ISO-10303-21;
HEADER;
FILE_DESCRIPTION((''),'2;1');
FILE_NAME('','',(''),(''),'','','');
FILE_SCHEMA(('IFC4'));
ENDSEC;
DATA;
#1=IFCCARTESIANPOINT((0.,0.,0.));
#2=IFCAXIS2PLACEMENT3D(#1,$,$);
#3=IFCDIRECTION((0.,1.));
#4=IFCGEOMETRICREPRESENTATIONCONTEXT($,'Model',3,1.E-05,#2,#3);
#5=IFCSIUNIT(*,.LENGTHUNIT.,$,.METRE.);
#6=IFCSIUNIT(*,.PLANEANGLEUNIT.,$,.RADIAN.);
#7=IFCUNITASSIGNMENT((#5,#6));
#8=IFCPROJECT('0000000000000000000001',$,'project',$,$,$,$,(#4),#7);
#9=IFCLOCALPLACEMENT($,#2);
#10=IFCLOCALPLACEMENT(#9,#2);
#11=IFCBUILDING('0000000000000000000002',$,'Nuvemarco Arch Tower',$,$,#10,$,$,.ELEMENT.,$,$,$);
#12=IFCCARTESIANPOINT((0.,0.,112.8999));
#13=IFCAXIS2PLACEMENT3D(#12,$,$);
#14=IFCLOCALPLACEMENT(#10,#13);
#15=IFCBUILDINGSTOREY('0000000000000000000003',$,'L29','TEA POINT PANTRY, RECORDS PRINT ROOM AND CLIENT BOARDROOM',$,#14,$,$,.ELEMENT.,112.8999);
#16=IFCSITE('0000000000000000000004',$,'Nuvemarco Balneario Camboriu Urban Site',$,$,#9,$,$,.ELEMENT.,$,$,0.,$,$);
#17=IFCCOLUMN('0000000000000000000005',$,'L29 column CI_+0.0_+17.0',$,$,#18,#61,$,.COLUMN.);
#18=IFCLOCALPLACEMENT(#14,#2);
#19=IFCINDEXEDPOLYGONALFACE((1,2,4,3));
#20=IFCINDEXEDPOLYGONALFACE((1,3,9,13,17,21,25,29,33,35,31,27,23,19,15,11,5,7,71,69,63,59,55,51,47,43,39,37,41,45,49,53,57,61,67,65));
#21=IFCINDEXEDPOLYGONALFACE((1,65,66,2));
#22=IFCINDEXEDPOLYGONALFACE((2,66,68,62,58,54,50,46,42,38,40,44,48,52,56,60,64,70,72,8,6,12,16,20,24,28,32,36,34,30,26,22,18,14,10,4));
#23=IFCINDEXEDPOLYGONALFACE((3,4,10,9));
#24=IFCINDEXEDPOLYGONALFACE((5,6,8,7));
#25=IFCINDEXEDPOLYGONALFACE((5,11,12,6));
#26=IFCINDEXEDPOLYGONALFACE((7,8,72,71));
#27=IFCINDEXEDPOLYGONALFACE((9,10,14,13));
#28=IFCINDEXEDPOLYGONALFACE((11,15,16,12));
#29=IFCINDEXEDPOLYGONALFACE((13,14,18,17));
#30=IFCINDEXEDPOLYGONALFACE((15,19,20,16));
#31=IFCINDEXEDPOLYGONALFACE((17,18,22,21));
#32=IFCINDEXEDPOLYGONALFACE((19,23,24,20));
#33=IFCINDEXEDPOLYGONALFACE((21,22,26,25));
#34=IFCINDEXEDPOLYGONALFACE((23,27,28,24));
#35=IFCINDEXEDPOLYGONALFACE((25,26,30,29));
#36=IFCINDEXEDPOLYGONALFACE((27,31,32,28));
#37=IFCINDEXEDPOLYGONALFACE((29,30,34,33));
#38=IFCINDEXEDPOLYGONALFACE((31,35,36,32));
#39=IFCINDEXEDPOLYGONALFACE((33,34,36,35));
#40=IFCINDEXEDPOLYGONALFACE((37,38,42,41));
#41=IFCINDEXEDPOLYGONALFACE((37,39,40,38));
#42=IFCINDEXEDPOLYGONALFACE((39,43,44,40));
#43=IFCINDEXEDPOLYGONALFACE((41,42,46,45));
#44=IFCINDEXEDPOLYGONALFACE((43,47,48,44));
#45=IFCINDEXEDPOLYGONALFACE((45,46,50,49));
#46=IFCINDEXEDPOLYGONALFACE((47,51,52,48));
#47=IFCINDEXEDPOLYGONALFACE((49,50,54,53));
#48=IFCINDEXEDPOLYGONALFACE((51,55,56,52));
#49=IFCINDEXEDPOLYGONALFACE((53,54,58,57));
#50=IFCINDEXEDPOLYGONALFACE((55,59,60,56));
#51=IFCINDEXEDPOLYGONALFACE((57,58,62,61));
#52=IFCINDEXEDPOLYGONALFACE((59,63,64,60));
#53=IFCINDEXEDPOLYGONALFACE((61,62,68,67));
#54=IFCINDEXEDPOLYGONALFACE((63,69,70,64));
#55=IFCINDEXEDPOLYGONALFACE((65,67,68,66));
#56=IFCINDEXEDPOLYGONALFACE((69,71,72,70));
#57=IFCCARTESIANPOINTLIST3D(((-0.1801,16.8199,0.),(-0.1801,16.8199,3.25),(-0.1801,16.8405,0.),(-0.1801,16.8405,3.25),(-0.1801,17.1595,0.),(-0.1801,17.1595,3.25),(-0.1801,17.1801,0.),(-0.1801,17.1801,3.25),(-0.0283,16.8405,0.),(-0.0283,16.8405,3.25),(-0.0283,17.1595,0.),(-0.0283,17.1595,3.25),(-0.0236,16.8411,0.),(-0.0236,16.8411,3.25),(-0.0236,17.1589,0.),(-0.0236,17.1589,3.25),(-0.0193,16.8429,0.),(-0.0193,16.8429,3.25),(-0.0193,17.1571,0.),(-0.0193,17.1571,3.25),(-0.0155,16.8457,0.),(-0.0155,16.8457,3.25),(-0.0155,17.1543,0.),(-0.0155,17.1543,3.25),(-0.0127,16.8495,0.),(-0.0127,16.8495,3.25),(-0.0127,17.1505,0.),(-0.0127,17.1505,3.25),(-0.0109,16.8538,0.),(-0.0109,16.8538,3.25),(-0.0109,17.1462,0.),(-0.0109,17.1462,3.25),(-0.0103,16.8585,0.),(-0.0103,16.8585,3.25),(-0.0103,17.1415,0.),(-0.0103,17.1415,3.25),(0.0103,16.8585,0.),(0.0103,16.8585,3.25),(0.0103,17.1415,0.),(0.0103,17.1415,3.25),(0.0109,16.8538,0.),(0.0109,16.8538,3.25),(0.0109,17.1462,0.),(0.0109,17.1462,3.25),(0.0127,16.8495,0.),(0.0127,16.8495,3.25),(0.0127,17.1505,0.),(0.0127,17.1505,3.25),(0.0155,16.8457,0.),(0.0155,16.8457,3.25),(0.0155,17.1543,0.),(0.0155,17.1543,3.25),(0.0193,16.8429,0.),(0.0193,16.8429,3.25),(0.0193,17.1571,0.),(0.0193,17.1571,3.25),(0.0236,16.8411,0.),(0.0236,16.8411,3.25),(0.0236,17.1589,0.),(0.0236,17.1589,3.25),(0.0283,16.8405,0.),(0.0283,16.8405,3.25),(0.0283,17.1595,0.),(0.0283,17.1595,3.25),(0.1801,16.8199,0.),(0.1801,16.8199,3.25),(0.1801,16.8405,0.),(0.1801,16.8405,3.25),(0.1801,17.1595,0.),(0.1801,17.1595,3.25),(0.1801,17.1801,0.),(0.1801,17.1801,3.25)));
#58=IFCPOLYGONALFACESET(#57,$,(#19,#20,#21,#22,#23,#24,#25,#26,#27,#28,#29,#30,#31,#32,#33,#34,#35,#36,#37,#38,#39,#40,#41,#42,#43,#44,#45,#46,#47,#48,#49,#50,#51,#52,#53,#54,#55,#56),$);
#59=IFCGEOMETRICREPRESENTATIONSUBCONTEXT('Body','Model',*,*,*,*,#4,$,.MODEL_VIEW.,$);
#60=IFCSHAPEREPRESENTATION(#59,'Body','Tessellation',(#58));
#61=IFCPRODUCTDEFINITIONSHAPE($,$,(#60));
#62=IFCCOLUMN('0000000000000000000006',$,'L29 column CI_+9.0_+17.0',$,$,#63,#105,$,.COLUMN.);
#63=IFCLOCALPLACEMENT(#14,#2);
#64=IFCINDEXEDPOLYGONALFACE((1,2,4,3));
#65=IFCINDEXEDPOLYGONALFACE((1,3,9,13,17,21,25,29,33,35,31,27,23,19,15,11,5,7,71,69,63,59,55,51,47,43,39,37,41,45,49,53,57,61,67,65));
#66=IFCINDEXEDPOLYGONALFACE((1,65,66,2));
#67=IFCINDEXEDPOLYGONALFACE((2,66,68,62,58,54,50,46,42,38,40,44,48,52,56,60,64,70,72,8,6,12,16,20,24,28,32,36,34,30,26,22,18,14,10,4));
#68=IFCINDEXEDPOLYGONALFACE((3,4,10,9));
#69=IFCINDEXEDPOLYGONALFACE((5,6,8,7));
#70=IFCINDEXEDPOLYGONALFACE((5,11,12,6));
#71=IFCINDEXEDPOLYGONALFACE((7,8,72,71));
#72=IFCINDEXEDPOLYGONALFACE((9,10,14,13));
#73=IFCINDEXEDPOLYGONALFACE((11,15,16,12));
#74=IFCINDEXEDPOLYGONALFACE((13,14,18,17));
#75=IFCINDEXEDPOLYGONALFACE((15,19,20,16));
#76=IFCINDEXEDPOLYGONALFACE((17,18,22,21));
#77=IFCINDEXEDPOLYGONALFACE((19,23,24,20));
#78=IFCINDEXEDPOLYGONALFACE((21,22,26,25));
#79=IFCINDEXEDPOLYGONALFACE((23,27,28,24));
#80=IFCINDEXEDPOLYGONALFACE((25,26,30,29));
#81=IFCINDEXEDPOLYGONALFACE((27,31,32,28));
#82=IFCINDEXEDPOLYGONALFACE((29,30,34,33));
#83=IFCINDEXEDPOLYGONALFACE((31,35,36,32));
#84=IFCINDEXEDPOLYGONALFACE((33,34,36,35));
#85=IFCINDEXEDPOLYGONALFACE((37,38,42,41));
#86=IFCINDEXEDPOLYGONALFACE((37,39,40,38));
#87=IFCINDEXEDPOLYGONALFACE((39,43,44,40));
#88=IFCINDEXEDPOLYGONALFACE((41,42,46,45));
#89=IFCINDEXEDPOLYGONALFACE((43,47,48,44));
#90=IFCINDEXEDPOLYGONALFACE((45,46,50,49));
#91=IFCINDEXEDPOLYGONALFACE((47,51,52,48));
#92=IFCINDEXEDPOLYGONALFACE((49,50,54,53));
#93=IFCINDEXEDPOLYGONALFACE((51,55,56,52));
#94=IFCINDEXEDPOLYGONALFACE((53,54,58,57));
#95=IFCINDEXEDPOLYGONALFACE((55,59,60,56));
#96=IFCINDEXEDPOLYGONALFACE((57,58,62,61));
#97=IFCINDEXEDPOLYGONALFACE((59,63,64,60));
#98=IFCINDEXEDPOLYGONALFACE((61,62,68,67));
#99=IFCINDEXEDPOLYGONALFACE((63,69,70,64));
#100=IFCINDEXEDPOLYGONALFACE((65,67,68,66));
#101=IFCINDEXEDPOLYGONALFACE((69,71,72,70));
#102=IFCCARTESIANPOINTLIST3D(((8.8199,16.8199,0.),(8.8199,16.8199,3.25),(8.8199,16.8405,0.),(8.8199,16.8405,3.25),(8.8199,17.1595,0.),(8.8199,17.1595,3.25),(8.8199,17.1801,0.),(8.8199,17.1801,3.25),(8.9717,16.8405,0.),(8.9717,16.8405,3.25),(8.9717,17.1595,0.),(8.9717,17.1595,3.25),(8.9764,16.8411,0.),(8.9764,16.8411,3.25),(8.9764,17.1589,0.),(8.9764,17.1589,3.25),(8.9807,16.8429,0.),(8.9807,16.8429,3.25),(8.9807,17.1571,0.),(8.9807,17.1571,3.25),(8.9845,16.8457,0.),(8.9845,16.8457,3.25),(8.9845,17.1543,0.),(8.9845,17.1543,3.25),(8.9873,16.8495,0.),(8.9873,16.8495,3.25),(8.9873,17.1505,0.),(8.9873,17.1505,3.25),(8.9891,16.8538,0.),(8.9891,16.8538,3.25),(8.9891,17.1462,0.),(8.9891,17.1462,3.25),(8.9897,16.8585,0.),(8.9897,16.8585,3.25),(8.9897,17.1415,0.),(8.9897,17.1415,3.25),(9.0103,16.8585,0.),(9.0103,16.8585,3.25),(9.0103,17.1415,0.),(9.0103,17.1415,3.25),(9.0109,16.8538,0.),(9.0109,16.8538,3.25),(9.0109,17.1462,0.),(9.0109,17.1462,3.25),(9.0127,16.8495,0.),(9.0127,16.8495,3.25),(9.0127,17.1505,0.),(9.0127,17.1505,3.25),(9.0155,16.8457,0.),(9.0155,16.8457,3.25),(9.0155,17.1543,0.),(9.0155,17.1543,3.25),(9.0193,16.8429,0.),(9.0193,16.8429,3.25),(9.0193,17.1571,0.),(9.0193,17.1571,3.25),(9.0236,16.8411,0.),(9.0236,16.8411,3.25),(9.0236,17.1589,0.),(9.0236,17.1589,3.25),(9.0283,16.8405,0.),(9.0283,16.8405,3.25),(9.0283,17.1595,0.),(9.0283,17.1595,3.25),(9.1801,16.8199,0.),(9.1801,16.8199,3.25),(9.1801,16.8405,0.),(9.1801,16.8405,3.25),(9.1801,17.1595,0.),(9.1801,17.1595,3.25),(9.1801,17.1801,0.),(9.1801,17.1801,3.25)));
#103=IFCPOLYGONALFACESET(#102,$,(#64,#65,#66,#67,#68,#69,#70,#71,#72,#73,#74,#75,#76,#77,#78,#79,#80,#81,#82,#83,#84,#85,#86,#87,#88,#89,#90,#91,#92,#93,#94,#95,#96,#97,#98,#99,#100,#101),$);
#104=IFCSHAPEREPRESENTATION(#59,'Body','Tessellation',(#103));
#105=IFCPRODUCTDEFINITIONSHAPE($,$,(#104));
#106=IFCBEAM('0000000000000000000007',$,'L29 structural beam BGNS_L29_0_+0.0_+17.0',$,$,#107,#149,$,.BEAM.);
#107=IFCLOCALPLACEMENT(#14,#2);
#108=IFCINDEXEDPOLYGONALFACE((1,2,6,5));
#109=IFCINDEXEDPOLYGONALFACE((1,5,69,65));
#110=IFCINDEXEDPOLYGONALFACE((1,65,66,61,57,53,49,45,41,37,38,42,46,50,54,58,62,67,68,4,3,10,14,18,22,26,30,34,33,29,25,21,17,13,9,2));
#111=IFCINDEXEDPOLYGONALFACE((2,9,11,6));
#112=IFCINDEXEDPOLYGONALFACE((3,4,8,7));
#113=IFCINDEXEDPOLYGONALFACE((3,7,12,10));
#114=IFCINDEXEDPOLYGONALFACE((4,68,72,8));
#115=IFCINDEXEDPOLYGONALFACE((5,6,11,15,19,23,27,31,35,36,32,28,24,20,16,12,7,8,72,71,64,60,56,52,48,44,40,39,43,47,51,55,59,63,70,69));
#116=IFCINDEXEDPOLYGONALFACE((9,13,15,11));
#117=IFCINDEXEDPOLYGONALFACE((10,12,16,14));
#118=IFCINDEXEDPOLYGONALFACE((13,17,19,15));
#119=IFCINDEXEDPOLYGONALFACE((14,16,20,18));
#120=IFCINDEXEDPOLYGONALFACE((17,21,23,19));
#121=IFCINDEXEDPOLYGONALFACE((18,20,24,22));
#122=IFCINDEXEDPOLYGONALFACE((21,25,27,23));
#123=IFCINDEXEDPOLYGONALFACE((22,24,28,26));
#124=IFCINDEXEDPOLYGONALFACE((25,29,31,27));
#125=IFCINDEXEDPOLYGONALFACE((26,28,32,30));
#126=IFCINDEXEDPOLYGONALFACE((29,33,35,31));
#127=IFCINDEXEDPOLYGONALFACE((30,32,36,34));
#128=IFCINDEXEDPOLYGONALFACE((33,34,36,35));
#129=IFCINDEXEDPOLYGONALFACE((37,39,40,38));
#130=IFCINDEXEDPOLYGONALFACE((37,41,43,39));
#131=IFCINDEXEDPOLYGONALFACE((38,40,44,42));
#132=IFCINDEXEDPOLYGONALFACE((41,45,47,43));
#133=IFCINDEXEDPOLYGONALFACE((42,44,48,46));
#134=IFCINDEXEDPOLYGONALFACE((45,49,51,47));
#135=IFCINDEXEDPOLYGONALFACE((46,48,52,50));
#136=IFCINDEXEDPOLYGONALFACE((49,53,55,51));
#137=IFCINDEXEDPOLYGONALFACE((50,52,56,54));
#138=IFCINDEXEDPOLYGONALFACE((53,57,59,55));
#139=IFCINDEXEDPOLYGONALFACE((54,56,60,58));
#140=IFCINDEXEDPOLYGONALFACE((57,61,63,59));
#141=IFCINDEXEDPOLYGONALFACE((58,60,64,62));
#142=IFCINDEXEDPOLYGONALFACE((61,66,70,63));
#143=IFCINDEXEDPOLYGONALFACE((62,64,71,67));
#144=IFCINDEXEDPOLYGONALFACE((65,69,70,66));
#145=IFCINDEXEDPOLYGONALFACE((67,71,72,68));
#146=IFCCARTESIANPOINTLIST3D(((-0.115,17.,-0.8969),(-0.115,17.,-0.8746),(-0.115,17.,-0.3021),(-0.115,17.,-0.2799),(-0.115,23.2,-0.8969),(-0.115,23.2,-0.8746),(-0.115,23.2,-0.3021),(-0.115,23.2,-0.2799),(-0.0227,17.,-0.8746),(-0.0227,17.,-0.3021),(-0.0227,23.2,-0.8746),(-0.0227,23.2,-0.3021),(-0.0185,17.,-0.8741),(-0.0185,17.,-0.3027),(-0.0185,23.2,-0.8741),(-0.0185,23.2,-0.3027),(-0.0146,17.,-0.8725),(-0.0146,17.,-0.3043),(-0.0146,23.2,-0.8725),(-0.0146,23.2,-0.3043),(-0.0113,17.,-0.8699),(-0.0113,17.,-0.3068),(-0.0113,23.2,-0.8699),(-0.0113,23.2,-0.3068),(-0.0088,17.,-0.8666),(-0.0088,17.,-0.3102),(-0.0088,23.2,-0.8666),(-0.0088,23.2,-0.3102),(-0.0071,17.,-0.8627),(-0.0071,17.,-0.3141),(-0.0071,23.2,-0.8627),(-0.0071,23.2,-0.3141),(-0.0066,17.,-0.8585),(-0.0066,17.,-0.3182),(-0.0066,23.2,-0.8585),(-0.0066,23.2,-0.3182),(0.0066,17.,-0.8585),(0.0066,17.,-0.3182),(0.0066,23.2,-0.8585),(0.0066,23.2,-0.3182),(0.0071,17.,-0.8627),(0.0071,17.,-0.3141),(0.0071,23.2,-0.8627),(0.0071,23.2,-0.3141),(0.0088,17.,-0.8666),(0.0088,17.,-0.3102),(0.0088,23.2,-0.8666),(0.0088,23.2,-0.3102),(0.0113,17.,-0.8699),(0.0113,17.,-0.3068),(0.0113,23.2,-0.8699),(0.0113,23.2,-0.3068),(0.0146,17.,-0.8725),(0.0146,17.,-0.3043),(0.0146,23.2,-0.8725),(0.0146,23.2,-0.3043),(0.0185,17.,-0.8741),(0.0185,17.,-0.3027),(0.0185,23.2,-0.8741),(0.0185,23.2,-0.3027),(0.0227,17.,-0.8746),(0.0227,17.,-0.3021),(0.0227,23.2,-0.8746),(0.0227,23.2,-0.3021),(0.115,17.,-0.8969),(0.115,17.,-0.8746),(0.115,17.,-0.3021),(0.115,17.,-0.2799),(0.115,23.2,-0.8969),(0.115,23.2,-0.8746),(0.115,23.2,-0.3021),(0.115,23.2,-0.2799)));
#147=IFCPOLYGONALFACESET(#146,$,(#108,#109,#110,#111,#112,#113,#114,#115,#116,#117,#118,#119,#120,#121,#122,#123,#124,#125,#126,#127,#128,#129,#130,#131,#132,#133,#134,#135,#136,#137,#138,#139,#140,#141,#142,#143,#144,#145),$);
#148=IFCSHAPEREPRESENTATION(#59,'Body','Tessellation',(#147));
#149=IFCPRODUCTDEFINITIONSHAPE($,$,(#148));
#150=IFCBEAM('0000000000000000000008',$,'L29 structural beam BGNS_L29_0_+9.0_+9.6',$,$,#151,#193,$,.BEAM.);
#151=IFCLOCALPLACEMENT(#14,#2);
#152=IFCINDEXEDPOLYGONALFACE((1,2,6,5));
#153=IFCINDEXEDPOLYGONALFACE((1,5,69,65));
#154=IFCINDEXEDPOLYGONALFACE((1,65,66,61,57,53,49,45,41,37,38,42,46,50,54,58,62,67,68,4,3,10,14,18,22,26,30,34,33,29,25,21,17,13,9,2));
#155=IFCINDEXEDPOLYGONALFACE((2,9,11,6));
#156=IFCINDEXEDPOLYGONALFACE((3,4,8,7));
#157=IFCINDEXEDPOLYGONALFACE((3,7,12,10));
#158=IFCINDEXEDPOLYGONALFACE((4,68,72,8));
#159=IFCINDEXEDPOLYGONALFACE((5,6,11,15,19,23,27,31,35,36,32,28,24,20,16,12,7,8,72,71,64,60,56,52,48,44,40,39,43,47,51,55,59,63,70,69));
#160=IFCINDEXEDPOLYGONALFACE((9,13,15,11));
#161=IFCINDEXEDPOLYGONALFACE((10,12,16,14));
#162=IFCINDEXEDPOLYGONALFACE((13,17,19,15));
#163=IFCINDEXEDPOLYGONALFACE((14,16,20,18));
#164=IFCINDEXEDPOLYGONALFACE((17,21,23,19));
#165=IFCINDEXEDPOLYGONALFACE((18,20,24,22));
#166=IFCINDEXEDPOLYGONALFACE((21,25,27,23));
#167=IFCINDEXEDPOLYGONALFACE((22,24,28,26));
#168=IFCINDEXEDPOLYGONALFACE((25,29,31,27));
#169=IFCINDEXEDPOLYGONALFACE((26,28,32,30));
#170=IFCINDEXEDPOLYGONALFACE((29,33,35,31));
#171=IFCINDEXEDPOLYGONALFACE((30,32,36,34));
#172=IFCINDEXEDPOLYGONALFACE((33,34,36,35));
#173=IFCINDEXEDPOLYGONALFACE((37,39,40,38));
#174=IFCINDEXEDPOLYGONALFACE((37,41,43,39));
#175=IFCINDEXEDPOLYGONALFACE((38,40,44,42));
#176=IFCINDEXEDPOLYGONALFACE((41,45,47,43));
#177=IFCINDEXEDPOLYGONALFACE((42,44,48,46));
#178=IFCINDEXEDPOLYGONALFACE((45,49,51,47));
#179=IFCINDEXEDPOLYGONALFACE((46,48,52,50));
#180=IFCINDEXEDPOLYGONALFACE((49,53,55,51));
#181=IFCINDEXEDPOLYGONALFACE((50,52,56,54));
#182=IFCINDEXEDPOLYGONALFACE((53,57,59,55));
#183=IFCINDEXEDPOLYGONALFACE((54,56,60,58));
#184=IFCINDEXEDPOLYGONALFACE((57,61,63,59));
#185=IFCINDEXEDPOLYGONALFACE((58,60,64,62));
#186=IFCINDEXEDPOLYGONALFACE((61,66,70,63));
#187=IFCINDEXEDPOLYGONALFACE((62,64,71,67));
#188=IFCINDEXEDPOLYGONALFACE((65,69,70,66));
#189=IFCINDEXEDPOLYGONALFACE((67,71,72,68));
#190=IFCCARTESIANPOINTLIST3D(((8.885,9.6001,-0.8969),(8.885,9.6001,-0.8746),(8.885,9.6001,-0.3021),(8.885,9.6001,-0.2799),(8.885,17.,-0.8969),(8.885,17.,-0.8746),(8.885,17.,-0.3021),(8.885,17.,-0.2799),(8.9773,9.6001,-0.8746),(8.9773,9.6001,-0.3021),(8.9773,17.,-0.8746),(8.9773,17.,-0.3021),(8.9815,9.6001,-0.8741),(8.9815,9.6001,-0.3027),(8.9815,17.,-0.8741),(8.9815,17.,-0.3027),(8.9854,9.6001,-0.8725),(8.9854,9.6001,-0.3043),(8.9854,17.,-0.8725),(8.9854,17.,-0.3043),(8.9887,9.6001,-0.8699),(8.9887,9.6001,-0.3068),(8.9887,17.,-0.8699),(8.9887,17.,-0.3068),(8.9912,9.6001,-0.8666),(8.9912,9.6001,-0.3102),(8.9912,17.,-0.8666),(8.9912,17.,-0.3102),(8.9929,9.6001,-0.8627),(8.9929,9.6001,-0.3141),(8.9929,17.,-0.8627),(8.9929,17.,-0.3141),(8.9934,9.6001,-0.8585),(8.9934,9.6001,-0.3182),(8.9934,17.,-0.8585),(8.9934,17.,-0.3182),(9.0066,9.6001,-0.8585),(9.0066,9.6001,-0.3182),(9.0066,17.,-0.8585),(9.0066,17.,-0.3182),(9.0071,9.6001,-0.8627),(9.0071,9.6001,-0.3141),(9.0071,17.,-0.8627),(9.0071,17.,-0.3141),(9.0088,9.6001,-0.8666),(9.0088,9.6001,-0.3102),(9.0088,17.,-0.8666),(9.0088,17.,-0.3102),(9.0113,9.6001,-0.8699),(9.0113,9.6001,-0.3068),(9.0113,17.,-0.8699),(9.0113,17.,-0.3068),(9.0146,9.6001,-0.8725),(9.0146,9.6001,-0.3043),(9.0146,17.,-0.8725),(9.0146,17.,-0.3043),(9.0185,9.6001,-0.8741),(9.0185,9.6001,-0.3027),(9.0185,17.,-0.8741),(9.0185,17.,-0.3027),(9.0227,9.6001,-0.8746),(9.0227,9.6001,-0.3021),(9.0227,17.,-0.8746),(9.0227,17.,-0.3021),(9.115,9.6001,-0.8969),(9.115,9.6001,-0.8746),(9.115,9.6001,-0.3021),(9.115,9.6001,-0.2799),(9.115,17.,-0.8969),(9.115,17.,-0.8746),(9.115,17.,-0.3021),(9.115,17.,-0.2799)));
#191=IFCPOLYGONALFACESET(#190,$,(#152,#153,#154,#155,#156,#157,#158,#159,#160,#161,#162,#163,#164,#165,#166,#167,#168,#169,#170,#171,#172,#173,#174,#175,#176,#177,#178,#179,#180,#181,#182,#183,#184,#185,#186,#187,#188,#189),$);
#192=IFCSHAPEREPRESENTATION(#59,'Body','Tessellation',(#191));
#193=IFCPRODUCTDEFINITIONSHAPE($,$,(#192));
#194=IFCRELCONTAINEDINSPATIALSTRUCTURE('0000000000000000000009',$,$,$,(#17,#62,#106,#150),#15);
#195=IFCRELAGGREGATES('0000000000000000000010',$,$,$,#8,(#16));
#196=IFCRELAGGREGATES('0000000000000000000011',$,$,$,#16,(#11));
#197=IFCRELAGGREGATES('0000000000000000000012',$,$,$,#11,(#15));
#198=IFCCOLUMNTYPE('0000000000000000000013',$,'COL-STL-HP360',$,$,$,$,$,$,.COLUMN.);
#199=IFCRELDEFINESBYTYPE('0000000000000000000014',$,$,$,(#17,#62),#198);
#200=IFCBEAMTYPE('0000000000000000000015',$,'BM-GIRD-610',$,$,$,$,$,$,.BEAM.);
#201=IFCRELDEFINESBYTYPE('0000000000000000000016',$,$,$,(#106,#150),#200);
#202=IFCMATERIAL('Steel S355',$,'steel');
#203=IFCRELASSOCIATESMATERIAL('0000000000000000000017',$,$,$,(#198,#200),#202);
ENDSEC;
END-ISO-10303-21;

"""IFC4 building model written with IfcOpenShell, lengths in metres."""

from ifc_helpers import new_model, si_unit, direction, frame, origin, origin_2d, place, context, subcontext, project, spatial, i_section, extrude, material, material_profile, profile_set, type_object, element, save


model = new_model("IFC4")

# Units and contexts
model_context = context("Model", 3, precision=1e-05, world=origin(), true_north=direction((0.0, 1.0)))
body_context = subcontext(model_context, "Body", "Model", "MODEL_VIEW")
ifc_project = project(units=[si_unit("LENGTHUNIT", "METRE"), si_unit("PLANEANGLEUNIT", "RADIAN")], contexts=[model_context])

# Site, building, storey
site_placement = place(None, origin())
site = spatial("IfcSite", under=ifc_project, at=site_placement, Name="Nuvemarco Balneario Camboriu Urban Site", CompositionType="ELEMENT", RefElevation=0.0)
building_placement = place(site_placement, origin())
building = spatial("IfcBuilding", under=site, at=building_placement, Name="Nuvemarco Arch Tower", CompositionType="ELEMENT")
storey_placement = place(building_placement, frame((0.0, 0.0, 112.8999)))
storey = spatial("IfcBuildingStorey", under=building, at=storey_placement, Name="L29", Description="TEA POINT PANTRY, RECORDS PRINT ROOM AND CLIENT BOARDROOM", CompositionType="ELEMENT", Elevation=112.8999)

# Columns
ifc_material_1 = material(Name="Steel S355", Category="steel")
ifc_material_profile_1 = material_profile(ifc_material_1, i_section(OverallWidth=0.3601, OverallDepth=0.3601, WebThickness=0.0205, FlangeThickness=0.0205, FilletRadius=0.0181, at=origin_2d()), Name="HP360x174")
ifc_profile_set_1 = profile_set([ifc_material_profile_1], Name="Steel S355")
column_type_1 = type_object("IfcColumnType", Name="COL-STL-HP360", PredefinedType="COLUMN", material=ifc_profile_set_1)
for number, where, z_axis, x_axis, name in (
    (1, (0.0, 17.0, 0.0), (0.0, 0.0, 1.0), (1.0, 0.0, 0.0), "L29 column CI_+0.0_+17.0"),
    (2, (9.0, 17.0, 0.0), (0.0, 0.0, 1.0), (1.0, 0.0, 0.0), "L29 column CI_+9.0_+17.0"),
):
    element("IfcColumn", number, at=place(storey_placement, frame(where, z_axis=z_axis, x_axis=x_axis)), inside=storey, type_object=column_type_1, Name=name, PredefinedType="COLUMN", context=body_context, shape_type="SweptSolid", body=[
        extrude(i_section(OverallWidth=0.3601, OverallDepth=0.3601, WebThickness=0.0205, FlangeThickness=0.0205, FilletRadius=0.0181, at=origin_2d()), origin(), (0.0, 0.0, 1.0), 3.25),
    ])

# Beams
ifc_material_profile_2 = material_profile(ifc_material_1, i_section(OverallWidth=0.23, OverallDepth=0.6169, WebThickness=0.0132, FlangeThickness=0.0222, FilletRadius=0.0161, at=origin_2d()), Name="W610x140")
ifc_profile_set_2 = profile_set([ifc_material_profile_2], Name="Steel S355")
beam_type_1 = type_object("IfcBeamType", Name="BM-GIRD-610", PredefinedType="BEAM", material=ifc_profile_set_2)
beam_1_placement = place(storey_placement, frame((0.0, 17.0, -0.5884), z_axis=(0.0, 1.0, 0.0), x_axis=(-1.0, 0.0, 0.0)))
element("IfcBeam", 3, at=beam_1_placement, inside=storey, type_object=beam_type_1, Name="L29 structural beam BGNS_L29_0_+0.0_+17.0", PredefinedType="BEAM", context=body_context, shape_type="SweptSolid", body=[
    extrude(i_section(OverallWidth=0.23, OverallDepth=0.6169, WebThickness=0.0132, FlangeThickness=0.0222, FilletRadius=0.0161, at=origin_2d()), origin(), (0.0, 0.0, 1.0), 6.2),
])
beam_2_placement = place(storey_placement, frame((9.0, 9.6001, -0.5884), z_axis=(0.0, 1.0, 0.0), x_axis=(-1.0, 0.0, 0.0)))
element("IfcBeam", 4, at=beam_2_placement, inside=storey, type_object=beam_type_1, Name="L29 structural beam BGNS_L29_0_+9.0_+9.6", PredefinedType="BEAM", context=body_context, shape_type="SweptSolid", body=[
    extrude(i_section(OverallWidth=0.23, OverallDepth=0.6169, WebThickness=0.0132, FlangeThickness=0.0222, FilletRadius=0.0161, at=origin_2d()), origin(), (0.0, 0.0, 1.0), 7.3999),
])

save(model, "model.ifc")
